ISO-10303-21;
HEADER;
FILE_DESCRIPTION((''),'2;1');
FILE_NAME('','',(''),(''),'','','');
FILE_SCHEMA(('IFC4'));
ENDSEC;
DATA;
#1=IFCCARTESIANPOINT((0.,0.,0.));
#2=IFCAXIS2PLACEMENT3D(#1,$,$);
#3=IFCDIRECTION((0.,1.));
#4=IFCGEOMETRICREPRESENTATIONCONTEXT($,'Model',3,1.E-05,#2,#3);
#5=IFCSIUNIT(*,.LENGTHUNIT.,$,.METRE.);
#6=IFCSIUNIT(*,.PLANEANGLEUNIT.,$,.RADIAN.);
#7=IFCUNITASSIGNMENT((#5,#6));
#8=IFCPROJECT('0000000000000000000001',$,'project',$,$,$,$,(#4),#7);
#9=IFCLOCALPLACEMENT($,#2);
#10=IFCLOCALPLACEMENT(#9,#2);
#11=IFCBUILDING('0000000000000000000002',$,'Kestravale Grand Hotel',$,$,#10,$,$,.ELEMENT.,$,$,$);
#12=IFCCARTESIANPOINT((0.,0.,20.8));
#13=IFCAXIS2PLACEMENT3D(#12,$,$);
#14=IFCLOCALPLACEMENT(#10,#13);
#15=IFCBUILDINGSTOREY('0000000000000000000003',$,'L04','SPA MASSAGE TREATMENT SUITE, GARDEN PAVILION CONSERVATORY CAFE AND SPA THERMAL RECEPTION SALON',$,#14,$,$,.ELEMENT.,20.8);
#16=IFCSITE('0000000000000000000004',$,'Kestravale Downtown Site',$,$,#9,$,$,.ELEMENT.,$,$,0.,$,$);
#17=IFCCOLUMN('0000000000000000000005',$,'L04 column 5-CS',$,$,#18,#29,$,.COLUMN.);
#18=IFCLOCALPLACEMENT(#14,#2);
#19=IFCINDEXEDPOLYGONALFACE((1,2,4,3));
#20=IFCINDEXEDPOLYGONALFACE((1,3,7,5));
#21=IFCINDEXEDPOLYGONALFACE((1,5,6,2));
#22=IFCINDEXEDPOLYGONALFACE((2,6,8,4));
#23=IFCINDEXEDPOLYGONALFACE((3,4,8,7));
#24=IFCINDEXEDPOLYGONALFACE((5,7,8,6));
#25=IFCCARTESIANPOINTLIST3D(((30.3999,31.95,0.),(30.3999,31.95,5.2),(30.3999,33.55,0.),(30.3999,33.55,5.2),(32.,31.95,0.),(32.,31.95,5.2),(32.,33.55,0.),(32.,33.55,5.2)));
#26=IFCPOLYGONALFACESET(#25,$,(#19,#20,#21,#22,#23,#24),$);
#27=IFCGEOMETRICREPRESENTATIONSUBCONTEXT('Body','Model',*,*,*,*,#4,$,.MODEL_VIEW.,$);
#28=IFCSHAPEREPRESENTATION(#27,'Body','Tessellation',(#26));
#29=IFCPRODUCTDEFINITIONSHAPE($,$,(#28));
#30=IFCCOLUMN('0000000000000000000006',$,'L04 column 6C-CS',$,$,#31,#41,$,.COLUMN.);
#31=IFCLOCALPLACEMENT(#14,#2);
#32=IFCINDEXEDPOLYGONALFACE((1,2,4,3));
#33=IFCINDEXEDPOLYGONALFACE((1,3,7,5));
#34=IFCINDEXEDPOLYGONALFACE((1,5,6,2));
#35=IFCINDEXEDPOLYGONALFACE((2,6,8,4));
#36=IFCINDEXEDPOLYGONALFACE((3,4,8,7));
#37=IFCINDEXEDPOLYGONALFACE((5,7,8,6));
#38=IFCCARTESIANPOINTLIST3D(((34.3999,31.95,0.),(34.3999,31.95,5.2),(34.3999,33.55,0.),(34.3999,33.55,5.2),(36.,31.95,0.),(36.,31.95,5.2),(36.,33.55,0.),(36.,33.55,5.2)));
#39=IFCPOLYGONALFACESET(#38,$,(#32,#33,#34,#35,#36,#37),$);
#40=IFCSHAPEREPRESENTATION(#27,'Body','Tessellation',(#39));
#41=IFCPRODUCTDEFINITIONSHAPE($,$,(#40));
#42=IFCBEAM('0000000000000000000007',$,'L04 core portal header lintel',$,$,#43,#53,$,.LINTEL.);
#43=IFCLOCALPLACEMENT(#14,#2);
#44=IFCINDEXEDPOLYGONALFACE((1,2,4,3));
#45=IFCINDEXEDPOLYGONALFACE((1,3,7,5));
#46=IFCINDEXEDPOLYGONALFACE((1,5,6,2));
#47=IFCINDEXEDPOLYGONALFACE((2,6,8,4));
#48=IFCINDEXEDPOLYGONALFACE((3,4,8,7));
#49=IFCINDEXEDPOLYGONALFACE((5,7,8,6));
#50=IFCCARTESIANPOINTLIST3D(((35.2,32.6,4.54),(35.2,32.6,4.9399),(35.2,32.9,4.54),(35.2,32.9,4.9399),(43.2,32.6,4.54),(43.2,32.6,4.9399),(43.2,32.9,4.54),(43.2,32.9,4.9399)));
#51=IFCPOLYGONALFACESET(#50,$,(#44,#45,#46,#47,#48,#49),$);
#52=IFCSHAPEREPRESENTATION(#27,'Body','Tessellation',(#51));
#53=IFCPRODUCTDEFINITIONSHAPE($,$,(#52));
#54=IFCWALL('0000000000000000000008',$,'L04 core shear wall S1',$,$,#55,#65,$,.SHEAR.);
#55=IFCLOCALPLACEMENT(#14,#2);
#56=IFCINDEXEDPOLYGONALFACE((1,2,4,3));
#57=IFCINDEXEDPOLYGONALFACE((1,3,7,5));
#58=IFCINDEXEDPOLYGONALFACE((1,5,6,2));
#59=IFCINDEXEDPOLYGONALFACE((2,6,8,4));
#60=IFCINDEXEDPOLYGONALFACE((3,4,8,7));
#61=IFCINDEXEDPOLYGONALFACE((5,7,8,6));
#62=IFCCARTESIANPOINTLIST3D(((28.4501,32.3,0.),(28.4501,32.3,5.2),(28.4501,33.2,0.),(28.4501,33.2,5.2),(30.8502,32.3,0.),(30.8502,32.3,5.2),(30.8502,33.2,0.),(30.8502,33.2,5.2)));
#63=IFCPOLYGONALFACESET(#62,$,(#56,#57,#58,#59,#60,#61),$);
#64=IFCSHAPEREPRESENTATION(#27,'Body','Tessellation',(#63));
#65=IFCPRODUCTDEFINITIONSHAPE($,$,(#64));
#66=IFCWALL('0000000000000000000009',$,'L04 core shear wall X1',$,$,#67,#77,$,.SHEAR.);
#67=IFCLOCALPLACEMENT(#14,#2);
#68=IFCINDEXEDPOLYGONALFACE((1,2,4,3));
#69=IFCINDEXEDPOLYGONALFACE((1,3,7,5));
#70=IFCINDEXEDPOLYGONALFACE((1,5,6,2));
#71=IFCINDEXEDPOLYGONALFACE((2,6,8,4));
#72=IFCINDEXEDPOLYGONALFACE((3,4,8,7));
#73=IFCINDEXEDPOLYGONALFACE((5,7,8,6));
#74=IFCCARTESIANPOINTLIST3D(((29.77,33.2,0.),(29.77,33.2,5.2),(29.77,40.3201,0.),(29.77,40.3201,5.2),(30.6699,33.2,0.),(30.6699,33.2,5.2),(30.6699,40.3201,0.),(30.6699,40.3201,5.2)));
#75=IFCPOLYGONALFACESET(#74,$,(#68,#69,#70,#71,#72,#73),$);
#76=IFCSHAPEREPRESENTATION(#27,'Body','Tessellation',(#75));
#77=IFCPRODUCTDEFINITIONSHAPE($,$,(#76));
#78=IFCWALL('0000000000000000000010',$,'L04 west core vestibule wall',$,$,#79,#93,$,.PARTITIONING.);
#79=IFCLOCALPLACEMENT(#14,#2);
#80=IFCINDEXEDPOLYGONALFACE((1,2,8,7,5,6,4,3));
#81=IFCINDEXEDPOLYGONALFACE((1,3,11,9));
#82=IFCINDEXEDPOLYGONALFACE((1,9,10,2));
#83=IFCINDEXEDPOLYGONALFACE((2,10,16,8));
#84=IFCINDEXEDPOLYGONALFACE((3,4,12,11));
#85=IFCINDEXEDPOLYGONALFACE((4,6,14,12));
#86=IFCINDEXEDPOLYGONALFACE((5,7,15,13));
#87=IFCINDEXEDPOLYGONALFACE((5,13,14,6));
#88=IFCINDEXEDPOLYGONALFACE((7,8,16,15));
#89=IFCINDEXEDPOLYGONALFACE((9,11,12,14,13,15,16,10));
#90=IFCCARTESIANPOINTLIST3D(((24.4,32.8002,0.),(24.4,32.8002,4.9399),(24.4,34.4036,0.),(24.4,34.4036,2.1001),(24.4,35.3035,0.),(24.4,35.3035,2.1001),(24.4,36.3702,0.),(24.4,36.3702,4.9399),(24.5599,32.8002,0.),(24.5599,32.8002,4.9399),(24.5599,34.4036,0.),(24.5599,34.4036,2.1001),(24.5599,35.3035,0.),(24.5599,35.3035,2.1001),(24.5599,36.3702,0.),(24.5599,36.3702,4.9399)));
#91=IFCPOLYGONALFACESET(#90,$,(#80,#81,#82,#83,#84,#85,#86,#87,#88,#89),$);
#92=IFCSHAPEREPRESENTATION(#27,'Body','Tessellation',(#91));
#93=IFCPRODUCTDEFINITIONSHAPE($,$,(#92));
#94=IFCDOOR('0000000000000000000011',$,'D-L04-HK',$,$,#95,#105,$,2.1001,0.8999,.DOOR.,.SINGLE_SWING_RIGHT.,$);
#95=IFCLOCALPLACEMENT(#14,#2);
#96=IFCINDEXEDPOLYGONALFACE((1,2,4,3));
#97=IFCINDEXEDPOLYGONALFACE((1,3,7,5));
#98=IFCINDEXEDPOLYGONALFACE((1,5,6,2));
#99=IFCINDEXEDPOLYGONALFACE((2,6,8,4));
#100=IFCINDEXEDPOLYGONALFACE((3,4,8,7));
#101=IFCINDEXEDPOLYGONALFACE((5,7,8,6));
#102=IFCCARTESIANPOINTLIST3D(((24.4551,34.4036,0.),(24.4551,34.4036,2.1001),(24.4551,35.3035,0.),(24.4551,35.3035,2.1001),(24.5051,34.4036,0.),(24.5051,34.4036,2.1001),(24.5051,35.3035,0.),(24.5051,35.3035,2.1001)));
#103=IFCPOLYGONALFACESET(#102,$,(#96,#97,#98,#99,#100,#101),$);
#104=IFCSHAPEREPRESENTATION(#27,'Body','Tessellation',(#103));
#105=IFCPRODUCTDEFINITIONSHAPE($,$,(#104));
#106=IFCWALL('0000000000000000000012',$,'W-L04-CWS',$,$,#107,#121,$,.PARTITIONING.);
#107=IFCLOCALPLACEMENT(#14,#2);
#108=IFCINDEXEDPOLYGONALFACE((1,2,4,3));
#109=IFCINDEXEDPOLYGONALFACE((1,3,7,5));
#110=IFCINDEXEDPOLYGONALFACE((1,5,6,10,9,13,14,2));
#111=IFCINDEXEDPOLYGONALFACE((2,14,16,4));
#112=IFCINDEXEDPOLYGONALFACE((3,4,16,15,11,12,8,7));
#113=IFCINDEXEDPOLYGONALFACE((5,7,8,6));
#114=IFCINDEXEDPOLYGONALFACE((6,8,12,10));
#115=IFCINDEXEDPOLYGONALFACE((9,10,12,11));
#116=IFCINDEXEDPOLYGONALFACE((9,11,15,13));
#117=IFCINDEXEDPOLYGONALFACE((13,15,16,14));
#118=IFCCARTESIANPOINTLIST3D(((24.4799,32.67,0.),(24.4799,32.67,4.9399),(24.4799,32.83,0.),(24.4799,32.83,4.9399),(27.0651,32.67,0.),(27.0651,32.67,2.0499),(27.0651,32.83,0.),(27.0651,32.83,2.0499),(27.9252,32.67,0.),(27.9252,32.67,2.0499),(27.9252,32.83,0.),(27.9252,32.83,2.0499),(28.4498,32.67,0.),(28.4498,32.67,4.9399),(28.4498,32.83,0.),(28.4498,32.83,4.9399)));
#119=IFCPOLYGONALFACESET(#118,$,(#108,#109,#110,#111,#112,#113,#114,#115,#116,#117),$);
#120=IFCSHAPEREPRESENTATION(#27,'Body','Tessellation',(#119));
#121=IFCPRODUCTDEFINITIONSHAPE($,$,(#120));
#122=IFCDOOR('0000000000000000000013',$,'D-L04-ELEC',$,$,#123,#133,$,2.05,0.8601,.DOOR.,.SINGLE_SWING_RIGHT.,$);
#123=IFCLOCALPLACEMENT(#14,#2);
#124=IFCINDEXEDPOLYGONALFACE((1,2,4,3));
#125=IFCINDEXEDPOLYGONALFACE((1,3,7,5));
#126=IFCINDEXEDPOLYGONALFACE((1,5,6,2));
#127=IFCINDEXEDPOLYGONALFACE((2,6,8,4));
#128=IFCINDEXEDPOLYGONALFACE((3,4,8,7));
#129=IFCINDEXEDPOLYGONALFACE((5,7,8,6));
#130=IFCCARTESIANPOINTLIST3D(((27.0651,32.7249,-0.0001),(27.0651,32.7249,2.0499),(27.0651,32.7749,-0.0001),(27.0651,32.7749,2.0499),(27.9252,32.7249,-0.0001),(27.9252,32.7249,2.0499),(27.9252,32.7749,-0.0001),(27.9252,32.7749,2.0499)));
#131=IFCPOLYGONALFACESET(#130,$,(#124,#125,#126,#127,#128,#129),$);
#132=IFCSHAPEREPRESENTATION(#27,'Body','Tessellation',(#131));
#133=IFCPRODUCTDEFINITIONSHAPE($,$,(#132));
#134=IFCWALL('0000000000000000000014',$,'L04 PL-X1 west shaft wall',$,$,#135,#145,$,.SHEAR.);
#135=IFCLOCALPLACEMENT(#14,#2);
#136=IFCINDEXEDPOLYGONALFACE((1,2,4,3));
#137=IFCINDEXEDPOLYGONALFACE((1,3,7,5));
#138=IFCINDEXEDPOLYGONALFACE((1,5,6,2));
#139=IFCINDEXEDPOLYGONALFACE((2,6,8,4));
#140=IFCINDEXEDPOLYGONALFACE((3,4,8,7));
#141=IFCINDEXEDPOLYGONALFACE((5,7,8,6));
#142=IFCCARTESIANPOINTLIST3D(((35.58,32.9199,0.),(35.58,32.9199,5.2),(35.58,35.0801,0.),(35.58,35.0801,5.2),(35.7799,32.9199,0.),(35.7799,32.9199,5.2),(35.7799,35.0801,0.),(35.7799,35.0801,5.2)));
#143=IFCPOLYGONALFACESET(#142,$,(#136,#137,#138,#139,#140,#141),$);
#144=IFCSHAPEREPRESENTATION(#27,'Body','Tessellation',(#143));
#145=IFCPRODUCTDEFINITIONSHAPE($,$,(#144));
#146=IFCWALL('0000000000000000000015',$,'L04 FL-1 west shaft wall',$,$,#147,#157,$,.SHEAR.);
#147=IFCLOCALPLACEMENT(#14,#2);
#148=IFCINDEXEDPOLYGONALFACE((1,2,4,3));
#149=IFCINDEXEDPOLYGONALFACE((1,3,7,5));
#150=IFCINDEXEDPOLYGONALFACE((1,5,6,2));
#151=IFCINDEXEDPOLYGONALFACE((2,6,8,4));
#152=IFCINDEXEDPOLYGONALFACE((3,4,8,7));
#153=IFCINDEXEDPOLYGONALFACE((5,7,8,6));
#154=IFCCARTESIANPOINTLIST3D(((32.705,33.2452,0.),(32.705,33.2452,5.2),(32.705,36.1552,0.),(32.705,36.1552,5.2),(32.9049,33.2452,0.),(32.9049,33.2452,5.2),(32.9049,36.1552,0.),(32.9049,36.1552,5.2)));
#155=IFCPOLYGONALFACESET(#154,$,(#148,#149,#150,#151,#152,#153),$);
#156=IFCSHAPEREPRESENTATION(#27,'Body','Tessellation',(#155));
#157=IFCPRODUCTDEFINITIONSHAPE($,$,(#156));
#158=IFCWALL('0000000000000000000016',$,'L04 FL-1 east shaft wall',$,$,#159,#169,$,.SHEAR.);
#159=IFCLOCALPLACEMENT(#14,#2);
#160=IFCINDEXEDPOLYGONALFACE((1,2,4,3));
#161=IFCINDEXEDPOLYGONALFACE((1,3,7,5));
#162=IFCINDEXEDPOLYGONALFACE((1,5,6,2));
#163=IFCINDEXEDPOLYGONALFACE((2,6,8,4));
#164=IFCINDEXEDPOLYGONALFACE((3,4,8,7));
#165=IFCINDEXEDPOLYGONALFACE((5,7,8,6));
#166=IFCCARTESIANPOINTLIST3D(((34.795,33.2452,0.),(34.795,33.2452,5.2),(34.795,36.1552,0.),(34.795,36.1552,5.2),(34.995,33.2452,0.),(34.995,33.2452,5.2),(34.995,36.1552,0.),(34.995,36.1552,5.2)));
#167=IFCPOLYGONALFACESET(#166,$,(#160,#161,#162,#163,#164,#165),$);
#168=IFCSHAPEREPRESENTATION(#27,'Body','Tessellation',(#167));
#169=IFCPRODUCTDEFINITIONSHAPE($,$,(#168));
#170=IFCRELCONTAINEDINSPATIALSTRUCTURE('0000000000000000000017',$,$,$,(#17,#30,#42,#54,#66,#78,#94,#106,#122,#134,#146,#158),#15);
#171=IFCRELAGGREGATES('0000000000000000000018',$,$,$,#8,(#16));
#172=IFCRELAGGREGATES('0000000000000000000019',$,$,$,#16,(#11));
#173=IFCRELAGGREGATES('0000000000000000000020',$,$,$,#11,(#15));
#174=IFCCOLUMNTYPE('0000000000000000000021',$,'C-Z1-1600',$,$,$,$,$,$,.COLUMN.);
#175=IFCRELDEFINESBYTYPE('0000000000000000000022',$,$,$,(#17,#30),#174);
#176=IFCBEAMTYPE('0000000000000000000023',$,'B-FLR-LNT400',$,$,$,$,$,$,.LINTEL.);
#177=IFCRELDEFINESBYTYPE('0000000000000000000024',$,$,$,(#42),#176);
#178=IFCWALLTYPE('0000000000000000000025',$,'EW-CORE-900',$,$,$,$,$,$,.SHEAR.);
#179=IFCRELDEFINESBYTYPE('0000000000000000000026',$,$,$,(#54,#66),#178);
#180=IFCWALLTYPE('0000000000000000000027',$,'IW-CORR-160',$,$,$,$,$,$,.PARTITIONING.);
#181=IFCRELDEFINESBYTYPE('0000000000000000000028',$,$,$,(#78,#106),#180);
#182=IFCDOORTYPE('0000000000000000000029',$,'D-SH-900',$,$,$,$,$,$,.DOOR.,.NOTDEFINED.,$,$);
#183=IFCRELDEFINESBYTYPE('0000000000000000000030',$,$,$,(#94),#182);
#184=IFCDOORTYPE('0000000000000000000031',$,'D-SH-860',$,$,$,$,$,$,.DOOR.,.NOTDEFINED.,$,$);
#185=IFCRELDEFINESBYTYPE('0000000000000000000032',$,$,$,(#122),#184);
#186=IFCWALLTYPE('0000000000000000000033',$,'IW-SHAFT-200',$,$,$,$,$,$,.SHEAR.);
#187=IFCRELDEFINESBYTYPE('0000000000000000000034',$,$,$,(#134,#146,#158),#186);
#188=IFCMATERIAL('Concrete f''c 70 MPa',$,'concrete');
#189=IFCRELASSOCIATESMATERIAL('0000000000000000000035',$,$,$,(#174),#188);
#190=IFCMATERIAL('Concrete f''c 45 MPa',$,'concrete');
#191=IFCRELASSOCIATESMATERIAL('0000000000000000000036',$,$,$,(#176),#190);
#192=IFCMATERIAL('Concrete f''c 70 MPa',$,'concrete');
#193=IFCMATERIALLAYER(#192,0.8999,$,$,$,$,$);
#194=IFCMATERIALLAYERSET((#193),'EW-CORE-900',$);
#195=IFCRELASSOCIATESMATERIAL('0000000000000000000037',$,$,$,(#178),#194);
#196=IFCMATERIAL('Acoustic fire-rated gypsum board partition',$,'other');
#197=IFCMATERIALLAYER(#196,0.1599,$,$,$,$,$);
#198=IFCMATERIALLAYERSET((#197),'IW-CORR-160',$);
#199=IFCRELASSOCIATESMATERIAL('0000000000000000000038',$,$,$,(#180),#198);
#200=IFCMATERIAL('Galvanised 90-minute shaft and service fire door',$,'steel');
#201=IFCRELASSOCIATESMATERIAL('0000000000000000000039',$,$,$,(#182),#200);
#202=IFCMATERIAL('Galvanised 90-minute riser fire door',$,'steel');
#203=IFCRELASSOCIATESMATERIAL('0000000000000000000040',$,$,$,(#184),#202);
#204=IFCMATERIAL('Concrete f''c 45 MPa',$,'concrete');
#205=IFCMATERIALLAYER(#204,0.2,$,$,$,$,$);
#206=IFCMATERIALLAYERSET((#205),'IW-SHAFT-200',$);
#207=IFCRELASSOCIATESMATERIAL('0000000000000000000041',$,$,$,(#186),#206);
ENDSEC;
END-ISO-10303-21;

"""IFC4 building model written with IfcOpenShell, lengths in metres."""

from ifc_helpers import new_model, si_unit, direction, frame, frame_2d, origin, origin_2d, place, context, subcontext, project, spatial, rectangle, extrude, material, layer, layer_set, material_profile, profile_set, type_object, element, fill, save


model = new_model("IFC4")

# Units and contexts
model_context = context("Model", 3, precision=1e-05, world=origin(), true_north=direction((0.0, 1.0)))
body_context = subcontext(model_context, "Body", "Model", "MODEL_VIEW")
ifc_project = project(units=[si_unit("LENGTHUNIT", "METRE"), si_unit("PLANEANGLEUNIT", "RADIAN")], contexts=[model_context])

# Site, building, storey
site_placement = place(None, origin())
site = spatial("IfcSite", under=ifc_project, at=site_placement, Name="Kestravale Downtown Site", CompositionType="ELEMENT", RefElevation=0.0)
building_placement = place(site_placement, origin())
building = spatial("IfcBuilding", under=site, at=building_placement, Name="Kestravale Grand Hotel", CompositionType="ELEMENT")
storey_placement = place(building_placement, frame((0.0, 0.0, 20.8)))
storey = spatial("IfcBuildingStorey", under=building, at=storey_placement, Name="L04", Description="SPA MASSAGE TREATMENT SUITE, GARDEN PAVILION CONSERVATORY CAFE AND SPA THERMAL RECEPTION SALON", CompositionType="ELEMENT", Elevation=20.8)

# Columns
ifc_material_1 = material(Name="Concrete f'c 70 MPa", Category="concrete")
ifc_material_profile_1 = material_profile(ifc_material_1, rectangle(XDim=1.6001, YDim=1.6001, at=origin_2d()))
ifc_profile_set_1 = profile_set([ifc_material_profile_1], Name="Concrete f'c 70 MPa")
column_type = type_object("IfcColumnType", Name="C-Z1-1600", PredefinedType="COLUMN", material=ifc_profile_set_1)
for number, where, z_axis, x_axis, name in (
    (1, (31.2, 32.75, 0.0), (0.0, 0.0, 1.0), (1.0, 0.0, 0.0), "L04 column 5-CS"),
    (2, (35.2, 32.75, 0.0), (0.0, 0.0, 1.0), (1.0, 0.0, 0.0), "L04 column 6C-CS"),
):
    element("IfcColumn", number, at=place(storey_placement, frame(where, z_axis=z_axis, x_axis=x_axis)), inside=storey, type_object=column_type, Name=name, PredefinedType="COLUMN", context=body_context, shape_type="SweptSolid", body=[
        extrude(rectangle(XDim=1.6001, YDim=1.6001, at=origin_2d()), origin(), (0.0, 0.0, 1.0), 5.2),
    ])

# Beam
ifc_material_2 = material(Name="Concrete f'c 45 MPa", Category="concrete")
ifc_material_profile_2 = material_profile(ifc_material_2, rectangle(XDim=0.3, YDim=0.3999, at=origin_2d()))
ifc_profile_set_2 = profile_set([ifc_material_profile_2], Name="Concrete f'c 45 MPa")
beam_type = type_object("IfcBeamType", Name="B-FLR-LNT400", PredefinedType="LINTEL", material=ifc_profile_set_2)
beam_placement = place(storey_placement, frame((35.2, 32.75, 4.74), z_axis=(1.0, 0.0, 0.0), x_axis=(0.0, 1.0, 0.0)))
element("IfcBeam", 3, at=beam_placement, inside=storey, type_object=beam_type, Name="L04 core portal header lintel", PredefinedType="LINTEL", context=body_context, shape_type="SweptSolid", body=[
    extrude(rectangle(XDim=0.3, YDim=0.3999, at=origin_2d()), origin(), (0.0, 0.0, 1.0), 8.0),
])

# Walls
ifc_material_3 = material(Name="Concrete f'c 70 MPa", Category="concrete")
ifc_layer_1 = layer(ifc_material_3, 0.8999)
ifc_layer_set_1 = layer_set([ifc_layer_1], Name="EW-CORE-900")
wall_type_1 = type_object("IfcWallType", Name="EW-CORE-900", PredefinedType="SHEAR", material=ifc_layer_set_1)
wall_1_placement = place(storey_placement, frame((28.45, 32.75, 0.0), z_axis=(0.0, 0.0, 1.0), x_axis=(1.0, 0.0, 0.0)))
element("IfcWall", 4, at=wall_1_placement, inside=storey, type_object=wall_type_1, Name="L04 core shear wall S1", PredefinedType="SHEAR", context=body_context, shape_type="SweptSolid", body=[
    extrude(rectangle(XDim=2.4001, YDim=0.8999, at=frame_2d((1.2002, 0.0))), origin(), (0.0, 0.0, 1.0), 5.2),
])
wall_2_placement = place(storey_placement, frame((30.22, 33.2, 0.0), z_axis=(0.0, 0.0, 1.0), x_axis=(0.0, 1.0, 0.0)))
element("IfcWall", 5, at=wall_2_placement, inside=storey, type_object=wall_type_1, Name="L04 core shear wall X1", PredefinedType="SHEAR", context=body_context, shape_type="SweptSolid", body=[
    extrude(rectangle(XDim=7.1201, YDim=0.8999, at=frame_2d((3.5601, 0.0))), origin(), (0.0, 0.0, 1.0), 5.2),
])

# Walls, openings, doors
ifc_material_4 = material(Name="Acoustic fire-rated gypsum board partition", Category="other")
ifc_layer_2 = layer(ifc_material_4, 0.1599)
ifc_layer_set_2 = layer_set([ifc_layer_2], Name="IW-CORR-160")
wall_type_2 = type_object("IfcWallType", Name="IW-CORR-160", PredefinedType="PARTITIONING", material=ifc_layer_set_2)
wall_3_placement = place(storey_placement, frame((24.48, 32.8, 0.0), z_axis=(0.0, 0.0, 1.0), x_axis=(0.0, 1.0, 0.0)))
wall_3 = element("IfcWall", 6, at=wall_3_placement, inside=storey, type_object=wall_type_2, Name="L04 west core vestibule wall", PredefinedType="PARTITIONING", context=body_context, shape_type="SweptSolid", body=[
    extrude(rectangle(XDim=3.5701, YDim=0.1599, at=frame_2d((1.7852, 0.0))), origin(), (0.0, 0.0, 1.0), 4.9399),
])
opening_1_placement = place(wall_3_placement, frame((1.6035, 0.0, 0.0)))
opening_1 = element("IfcOpeningElement", 7, at=opening_1_placement, cuts=wall_3, PredefinedType="OPENING", context=body_context, shape_type="SweptSolid", body=[
    extrude(rectangle(XDim=0.8999, YDim=2.1001, at=frame_2d((0.45, 1.05))), frame((0.0, 0.0898, 0.0), z_axis=(0.0, -1.0, 0.0), x_axis=(1.0, 0.0, 0.0)), (0.0, 0.0, 1.0), 0.1799),
])
ifc_material_5 = material(Name="Galvanised 90-minute shaft and service fire door", Category="steel")
door_type_1 = type_object("IfcDoorType", Name="D-SH-900", OperationType="NOTDEFINED", PredefinedType="DOOR", material=ifc_material_5)
door_1_placement = place(opening_1_placement, origin())
door_1 = element("IfcDoor", 8, at=door_1_placement, inside=storey, type_object=door_type_1, Name="D-L04-HK", OperationType="SINGLE_SWING_RIGHT", OverallHeight=2.1001, OverallWidth=0.8999, PredefinedType="DOOR", context=body_context, shape_type="SweptSolid", body=[
    extrude(rectangle(XDim=0.8999, YDim=2.1001, at=frame_2d((0.45, 1.05))), frame((0.0, 0.0249, 0.0), z_axis=(0.0, -1.0, 0.0), x_axis=(1.0, 0.0, 0.0)), (0.0, 0.0, 1.0), 0.05),
])
fill(opening_1, door_1)
wall_4_placement = place(storey_placement, frame((24.48, 32.75, 0.0), z_axis=(0.0, 0.0, 1.0), x_axis=(1.0, 0.0, 0.0)))
wall_4 = element("IfcWall", 9, at=wall_4_placement, inside=storey, type_object=wall_type_2, Name="W-L04-CWS", PredefinedType="PARTITIONING", context=body_context, shape_type="SweptSolid", body=[
    extrude(rectangle(XDim=3.97, YDim=0.1599, at=frame_2d((1.9849, 0.0))), origin(), (0.0, 0.0, 1.0), 4.9399),
])
opening_2_placement = place(wall_4_placement, frame((2.585, 0.0, 0.0)))
opening_2 = element("IfcOpeningElement", 10, at=opening_2_placement, cuts=wall_4, PredefinedType="OPENING", context=body_context, shape_type="SweptSolid", body=[
    extrude(rectangle(XDim=0.8601, YDim=2.05, at=frame_2d((0.4302, 1.0249))), frame((0.0, 0.0898, 0.0), z_axis=(0.0, -1.0, 0.0), x_axis=(1.0, 0.0, 0.0)), (0.0, 0.0, 1.0), 0.1799),
])
ifc_material_6 = material(Name="Galvanised 90-minute riser fire door", Category="steel")
door_type_2 = type_object("IfcDoorType", Name="D-SH-860", OperationType="NOTDEFINED", PredefinedType="DOOR", material=ifc_material_6)
door_2_placement = place(opening_2_placement, origin())
door_2 = element("IfcDoor", 11, at=door_2_placement, inside=storey, type_object=door_type_2, Name="D-L04-ELEC", OperationType="SINGLE_SWING_RIGHT", OverallHeight=2.05, OverallWidth=0.8601, PredefinedType="DOOR", context=body_context, shape_type="SweptSolid", body=[
    extrude(rectangle(XDim=0.8601, YDim=2.05, at=frame_2d((0.4302, 1.0249))), frame((0.0, 0.0249, 0.0), z_axis=(0.0, -1.0, 0.0), x_axis=(1.0, 0.0, 0.0)), (0.0, 0.0, 1.0), 0.05),
])
fill(opening_2, door_2)

# Walls
ifc_material_7 = material(Name="Concrete f'c 45 MPa", Category="concrete")
ifc_layer_3 = layer(ifc_material_7, 0.2)
ifc_layer_set_3 = layer_set([ifc_layer_3], Name="IW-SHAFT-200")
wall_type_3 = type_object("IfcWallType", Name="IW-SHAFT-200", PredefinedType="SHEAR", material=ifc_layer_set_3)
wall_5_placement = place(storey_placement, frame((35.6799, 32.9199, 0.0), z_axis=(0.0, 0.0, 1.0), x_axis=(0.0, 1.0, 0.0)))
element("IfcWall", 12, at=wall_5_placement, inside=storey, type_object=wall_type_3, Name="L04 PL-X1 west shaft wall", PredefinedType="SHEAR", context=body_context, shape_type="SweptSolid", body=[
    extrude(rectangle(XDim=2.1602, YDim=0.2, at=frame_2d((1.0801, 0.0))), origin(), (0.0, 0.0, 1.0), 5.2),
])
for number, where, z_axis, x_axis, name in (
    (13, (32.8049, 33.2451, 0.0), (0.0, 0.0, 1.0), (0.0, 1.0, 0.0), "L04 FL-1 west shaft wall"),
    (14, (34.895, 33.2451, 0.0), (0.0, 0.0, 1.0), (0.0, 1.0, 0.0), "L04 FL-1 east shaft wall"),
):
    element("IfcWall", number, at=place(storey_placement, frame(where, z_axis=z_axis, x_axis=x_axis)), inside=storey, type_object=wall_type_3, Name=name, PredefinedType="SHEAR", context=body_context, shape_type="SweptSolid", body=[
        extrude(rectangle(XDim=2.9099, YDim=0.2, at=frame_2d((1.4551, 0.0))), origin(), (0.0, 0.0, 1.0), 5.2),
    ])

save(model, "model.ifc")
